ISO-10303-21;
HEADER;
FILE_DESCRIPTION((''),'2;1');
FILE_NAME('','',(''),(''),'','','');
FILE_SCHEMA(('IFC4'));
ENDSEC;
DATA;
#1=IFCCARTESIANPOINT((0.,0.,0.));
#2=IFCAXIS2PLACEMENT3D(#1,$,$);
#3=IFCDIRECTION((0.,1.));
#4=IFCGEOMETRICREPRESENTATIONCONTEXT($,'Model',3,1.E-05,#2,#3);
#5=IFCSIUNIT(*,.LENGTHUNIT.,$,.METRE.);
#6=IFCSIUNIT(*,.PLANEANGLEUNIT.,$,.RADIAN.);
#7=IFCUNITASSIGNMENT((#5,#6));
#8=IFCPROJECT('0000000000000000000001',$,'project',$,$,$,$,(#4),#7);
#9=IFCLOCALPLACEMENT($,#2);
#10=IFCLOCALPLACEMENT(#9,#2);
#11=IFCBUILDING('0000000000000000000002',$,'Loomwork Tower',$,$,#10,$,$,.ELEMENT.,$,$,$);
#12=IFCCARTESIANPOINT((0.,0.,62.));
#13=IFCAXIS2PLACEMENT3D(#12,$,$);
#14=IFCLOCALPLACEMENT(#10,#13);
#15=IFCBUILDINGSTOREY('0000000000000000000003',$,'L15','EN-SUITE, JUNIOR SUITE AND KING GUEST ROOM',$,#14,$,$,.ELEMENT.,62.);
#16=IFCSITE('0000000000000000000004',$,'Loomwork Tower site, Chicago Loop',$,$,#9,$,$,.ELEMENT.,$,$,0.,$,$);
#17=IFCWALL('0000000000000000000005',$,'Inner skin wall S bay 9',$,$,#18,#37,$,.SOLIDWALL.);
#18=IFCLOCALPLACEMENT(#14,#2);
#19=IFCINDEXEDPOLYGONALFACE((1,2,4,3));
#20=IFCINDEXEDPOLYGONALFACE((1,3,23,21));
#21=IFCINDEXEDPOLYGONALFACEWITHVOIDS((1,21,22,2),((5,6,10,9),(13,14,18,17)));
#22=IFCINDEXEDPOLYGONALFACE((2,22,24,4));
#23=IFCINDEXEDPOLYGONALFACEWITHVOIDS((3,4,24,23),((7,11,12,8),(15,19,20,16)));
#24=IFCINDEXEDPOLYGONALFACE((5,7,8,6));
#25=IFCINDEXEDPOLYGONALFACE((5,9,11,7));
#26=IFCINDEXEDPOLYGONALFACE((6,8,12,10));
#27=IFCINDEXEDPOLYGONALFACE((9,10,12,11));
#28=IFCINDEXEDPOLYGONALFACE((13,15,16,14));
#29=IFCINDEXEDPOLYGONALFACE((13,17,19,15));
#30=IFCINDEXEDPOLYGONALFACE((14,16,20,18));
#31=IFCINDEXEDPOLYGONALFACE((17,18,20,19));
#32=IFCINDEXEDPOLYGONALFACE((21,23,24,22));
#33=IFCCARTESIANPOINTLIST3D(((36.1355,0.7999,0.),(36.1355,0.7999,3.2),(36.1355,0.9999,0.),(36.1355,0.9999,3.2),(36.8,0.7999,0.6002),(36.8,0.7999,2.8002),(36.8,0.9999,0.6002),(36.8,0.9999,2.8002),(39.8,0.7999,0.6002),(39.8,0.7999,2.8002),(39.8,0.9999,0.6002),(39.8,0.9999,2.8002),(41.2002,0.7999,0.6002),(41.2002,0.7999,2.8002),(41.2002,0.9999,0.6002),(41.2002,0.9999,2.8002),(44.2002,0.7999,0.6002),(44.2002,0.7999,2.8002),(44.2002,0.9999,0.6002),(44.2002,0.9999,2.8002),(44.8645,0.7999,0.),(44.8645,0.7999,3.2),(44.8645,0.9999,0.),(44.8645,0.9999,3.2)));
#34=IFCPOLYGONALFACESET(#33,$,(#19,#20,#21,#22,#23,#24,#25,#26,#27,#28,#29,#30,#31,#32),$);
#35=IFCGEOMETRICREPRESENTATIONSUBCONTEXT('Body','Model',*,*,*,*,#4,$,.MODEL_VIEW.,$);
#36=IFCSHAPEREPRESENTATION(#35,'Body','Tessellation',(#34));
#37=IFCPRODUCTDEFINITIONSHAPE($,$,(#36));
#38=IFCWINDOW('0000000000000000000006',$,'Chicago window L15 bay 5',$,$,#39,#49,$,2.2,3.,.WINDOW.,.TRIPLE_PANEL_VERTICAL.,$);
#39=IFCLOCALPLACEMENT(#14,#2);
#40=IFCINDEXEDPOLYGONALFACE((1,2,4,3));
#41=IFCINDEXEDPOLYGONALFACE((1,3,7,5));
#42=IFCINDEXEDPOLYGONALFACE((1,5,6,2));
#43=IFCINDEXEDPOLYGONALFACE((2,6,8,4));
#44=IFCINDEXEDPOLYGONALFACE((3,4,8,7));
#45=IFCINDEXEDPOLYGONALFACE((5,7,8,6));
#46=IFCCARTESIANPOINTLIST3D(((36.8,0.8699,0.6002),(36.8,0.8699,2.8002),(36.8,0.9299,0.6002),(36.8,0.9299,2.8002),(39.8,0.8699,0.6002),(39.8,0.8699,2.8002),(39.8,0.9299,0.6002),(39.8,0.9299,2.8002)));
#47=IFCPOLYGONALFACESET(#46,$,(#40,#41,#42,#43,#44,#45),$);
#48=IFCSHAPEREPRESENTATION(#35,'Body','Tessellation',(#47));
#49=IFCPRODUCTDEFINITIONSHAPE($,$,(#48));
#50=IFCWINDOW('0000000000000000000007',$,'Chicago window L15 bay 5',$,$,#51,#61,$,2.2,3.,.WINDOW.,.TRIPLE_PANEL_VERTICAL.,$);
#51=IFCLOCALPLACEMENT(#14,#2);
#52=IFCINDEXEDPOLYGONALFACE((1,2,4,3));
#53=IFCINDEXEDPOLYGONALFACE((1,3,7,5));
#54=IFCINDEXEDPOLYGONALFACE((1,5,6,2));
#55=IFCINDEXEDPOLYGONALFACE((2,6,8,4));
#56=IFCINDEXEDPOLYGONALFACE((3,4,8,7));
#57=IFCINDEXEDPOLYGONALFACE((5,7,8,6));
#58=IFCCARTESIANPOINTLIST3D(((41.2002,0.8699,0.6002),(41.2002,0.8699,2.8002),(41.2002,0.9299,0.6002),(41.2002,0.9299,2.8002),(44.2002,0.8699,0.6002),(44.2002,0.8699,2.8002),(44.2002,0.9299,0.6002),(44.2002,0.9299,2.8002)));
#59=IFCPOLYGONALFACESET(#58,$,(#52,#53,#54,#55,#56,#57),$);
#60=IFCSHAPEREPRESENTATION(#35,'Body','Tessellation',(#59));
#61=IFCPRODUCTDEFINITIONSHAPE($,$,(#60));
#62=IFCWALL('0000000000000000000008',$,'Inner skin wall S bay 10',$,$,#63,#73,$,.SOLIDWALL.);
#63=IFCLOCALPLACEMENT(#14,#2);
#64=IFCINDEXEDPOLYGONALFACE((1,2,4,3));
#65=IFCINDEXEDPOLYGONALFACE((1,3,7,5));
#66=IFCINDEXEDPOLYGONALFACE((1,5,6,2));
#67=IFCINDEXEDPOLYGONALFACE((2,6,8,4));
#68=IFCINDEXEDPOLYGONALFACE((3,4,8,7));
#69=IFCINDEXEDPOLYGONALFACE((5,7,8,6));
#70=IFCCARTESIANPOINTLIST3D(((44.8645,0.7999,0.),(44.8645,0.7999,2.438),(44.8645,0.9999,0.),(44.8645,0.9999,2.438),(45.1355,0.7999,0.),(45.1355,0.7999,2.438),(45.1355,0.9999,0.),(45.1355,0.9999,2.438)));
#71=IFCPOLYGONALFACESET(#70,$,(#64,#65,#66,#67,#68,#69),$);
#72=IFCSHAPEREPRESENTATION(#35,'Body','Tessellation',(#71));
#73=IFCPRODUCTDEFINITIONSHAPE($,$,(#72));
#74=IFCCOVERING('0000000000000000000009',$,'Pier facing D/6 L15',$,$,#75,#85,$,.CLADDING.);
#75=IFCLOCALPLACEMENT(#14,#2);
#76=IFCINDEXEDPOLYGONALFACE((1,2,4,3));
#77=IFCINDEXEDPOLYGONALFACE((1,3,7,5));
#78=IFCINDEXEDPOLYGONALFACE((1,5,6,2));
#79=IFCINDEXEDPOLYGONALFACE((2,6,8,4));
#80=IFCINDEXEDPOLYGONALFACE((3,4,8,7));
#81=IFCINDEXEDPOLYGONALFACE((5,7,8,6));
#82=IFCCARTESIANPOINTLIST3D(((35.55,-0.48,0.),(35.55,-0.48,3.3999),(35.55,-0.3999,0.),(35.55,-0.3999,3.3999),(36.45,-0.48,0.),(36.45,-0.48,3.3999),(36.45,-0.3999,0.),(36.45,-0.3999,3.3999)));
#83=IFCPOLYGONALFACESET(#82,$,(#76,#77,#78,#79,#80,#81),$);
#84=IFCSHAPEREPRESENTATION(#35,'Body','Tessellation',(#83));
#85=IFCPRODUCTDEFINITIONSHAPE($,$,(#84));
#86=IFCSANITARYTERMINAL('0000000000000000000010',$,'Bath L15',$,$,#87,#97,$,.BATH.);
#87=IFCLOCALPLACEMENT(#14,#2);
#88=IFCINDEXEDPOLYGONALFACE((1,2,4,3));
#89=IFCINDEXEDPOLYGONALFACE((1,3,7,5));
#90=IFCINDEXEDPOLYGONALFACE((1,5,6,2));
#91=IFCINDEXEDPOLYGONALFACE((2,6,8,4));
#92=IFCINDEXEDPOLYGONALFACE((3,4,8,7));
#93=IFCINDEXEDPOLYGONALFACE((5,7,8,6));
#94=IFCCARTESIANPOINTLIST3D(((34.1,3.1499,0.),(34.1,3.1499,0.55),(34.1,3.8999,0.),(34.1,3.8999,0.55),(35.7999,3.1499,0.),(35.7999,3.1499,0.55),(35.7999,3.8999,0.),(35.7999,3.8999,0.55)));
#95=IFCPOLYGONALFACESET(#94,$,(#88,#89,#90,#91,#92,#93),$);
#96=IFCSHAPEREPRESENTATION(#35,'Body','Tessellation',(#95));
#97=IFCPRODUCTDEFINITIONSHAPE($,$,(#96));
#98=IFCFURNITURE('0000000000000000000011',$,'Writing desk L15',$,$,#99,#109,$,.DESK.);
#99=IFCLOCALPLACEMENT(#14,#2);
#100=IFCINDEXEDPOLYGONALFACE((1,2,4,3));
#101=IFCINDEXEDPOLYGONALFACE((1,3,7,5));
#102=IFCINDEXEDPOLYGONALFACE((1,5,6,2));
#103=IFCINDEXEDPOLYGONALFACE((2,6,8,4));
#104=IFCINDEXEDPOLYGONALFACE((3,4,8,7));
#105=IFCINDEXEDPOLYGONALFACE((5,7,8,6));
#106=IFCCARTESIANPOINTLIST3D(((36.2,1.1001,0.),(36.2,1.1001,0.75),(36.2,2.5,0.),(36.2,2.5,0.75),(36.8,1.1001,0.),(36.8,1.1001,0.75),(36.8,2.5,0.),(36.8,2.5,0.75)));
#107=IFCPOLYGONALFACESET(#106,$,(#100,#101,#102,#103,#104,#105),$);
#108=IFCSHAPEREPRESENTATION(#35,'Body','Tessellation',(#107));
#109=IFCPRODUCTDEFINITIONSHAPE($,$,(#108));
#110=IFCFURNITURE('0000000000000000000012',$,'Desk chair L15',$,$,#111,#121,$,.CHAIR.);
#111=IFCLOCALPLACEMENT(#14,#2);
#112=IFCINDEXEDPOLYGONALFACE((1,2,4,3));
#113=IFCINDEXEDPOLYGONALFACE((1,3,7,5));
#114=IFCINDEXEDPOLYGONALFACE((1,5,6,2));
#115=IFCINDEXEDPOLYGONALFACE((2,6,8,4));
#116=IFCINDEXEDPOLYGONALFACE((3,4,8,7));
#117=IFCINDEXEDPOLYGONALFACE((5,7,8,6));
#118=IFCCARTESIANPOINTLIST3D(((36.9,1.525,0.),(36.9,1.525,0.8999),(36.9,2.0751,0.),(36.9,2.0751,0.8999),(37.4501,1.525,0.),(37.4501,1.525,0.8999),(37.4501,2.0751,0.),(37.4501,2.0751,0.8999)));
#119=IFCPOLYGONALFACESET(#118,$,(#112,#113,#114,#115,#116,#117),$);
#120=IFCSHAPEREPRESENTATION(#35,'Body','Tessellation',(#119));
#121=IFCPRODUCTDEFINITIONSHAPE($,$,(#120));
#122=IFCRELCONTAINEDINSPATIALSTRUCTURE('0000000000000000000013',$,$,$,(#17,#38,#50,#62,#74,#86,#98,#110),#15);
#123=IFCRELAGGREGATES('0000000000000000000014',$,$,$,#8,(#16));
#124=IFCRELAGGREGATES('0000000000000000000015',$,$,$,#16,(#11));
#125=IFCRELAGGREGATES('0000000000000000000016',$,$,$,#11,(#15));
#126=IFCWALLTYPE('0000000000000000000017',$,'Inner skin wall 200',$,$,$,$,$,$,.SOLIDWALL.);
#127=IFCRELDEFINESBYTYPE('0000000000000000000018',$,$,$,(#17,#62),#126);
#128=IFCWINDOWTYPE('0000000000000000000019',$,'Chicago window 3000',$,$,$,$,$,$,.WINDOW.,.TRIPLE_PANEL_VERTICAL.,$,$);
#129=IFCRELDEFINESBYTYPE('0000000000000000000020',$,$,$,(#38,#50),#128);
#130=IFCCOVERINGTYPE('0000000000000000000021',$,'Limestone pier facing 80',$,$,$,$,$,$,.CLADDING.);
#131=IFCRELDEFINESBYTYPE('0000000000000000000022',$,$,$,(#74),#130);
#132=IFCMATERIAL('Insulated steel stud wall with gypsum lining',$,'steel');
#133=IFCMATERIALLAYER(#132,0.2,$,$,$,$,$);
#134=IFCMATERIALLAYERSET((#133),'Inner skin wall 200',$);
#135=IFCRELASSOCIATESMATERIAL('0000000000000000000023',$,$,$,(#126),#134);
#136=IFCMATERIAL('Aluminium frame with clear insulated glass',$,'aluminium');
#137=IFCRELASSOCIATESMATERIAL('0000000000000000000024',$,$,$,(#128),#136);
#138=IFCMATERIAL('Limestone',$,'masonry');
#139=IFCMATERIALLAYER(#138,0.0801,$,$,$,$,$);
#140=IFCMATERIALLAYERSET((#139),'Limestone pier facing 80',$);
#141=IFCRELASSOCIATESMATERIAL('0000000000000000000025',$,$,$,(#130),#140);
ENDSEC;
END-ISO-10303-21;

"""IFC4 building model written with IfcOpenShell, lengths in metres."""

from ifc_helpers import new_model, si_unit, direction, frame, frame_2d, origin, origin_2d, place, context, subcontext, project, spatial, rectangle, extrude, material, layer, layer_set, type_object, element, fill, save


model = new_model("IFC4")

# Units and contexts
model_context = context("Model", 3, precision=1e-05, world=origin(), true_north=direction((0.0, 1.0)))
body_context = subcontext(model_context, "Body", "Model", "MODEL_VIEW")
ifc_project = project(units=[si_unit("LENGTHUNIT", "METRE"), si_unit("PLANEANGLEUNIT", "RADIAN")], contexts=[model_context])

# Site, building, storey
site_placement = place(None, origin())
site = spatial("IfcSite", under=ifc_project, at=site_placement, Name="Loomwork Tower site, Chicago Loop", CompositionType="ELEMENT", RefElevation=0.0)
building_placement = place(site_placement, origin())
building = spatial("IfcBuilding", under=site, at=building_placement, Name="Loomwork Tower", CompositionType="ELEMENT")
storey_placement = place(building_placement, frame((0.0, 0.0, 62.0)))
storey = spatial("IfcBuildingStorey", under=building, at=storey_placement, Name="L15", Description="EN-SUITE, JUNIOR SUITE AND KING GUEST ROOM", CompositionType="ELEMENT", Elevation=62.0)

# Shared definitions
ifc_material_1 = material(Name="Insulated steel stud wall with gypsum lining", Category="steel")
ifc_layer_1 = layer(ifc_material_1, 0.2)
ifc_layer_set_1 = layer_set([ifc_layer_1], Name="Inner skin wall 200")
wall_type = type_object("IfcWallType", Name="Inner skin wall 200", PredefinedType="SOLIDWALL", material=ifc_layer_set_1)

# Wall, openings, windows
wall_1_placement = place(storey_placement, frame((36.1355, 0.8999, 0.0), z_axis=(0.0, 0.0, 1.0), x_axis=(1.0, 0.0, 0.0)))
wall_1 = element("IfcWall", 1, at=wall_1_placement, inside=storey, type_object=wall_type, Name="Inner skin wall S bay 9", PredefinedType="SOLIDWALL", context=body_context, shape_type="SweptSolid", body=[
    extrude(rectangle(XDim=8.729, YDim=0.2, at=frame_2d((4.3645, 0.0))), origin(), (0.0, 0.0, 1.0), 3.2),
])
opening_1_placement = place(wall_1_placement, frame((0.6646, 0.0, 0.6001)))
opening_1 = element("IfcOpeningElement", 2, at=opening_1_placement, cuts=wall_1, PredefinedType="OPENING", context=body_context, shape_type="SweptSolid", body=[
    extrude(rectangle(XDim=3.0, YDim=2.2, at=frame_2d((1.5, 1.1001))), frame((0.0, 0.1099, 0.0), z_axis=(0.0, -1.0, 0.0), x_axis=(1.0, 0.0, 0.0)), (0.0, 0.0, 1.0), 0.22),
])
opening_2_placement = place(wall_1_placement, frame((5.0647, 0.0, 0.6001)))
opening_2 = element("IfcOpeningElement", 3, at=opening_2_placement, cuts=wall_1, PredefinedType="OPENING", context=body_context, shape_type="SweptSolid", body=[
    extrude(rectangle(XDim=3.0, YDim=2.2, at=frame_2d((1.5, 1.1001))), frame((0.0, 0.1099, 0.0), z_axis=(0.0, -1.0, 0.0), x_axis=(1.0, 0.0, 0.0)), (0.0, 0.0, 1.0), 0.22),
])
ifc_material_2 = material(Name="Aluminium frame with clear insulated glass", Category="aluminium")
window_type = type_object("IfcWindowType", Name="Chicago window 3000", PartitioningType="TRIPLE_PANEL_VERTICAL", PredefinedType="WINDOW", material=ifc_material_2)
window_1_placement = place(opening_1_placement, origin())
window_1 = element("IfcWindow", 4, at=window_1_placement, inside=storey, type_object=window_type, Name="Chicago window L15 bay 5", OverallHeight=2.2, OverallWidth=3.0, PartitioningType="TRIPLE_PANEL_VERTICAL", PredefinedType="WINDOW", context=body_context, shape_type="SweptSolid", body=[
    extrude(rectangle(XDim=3.0, YDim=2.2, at=frame_2d((1.5, 1.1001))), frame((0.0, 0.03, 0.0), z_axis=(0.0, -1.0, 0.0), x_axis=(1.0, 0.0, 0.0)), (0.0, 0.0, 1.0), 0.0601),
])
fill(opening_1, window_1)
window_2_placement = place(opening_2_placement, origin())
window_2 = element("IfcWindow", 5, at=window_2_placement, inside=storey, type_object=window_type, Name="Chicago window L15 bay 5", OverallHeight=2.2, OverallWidth=3.0, PartitioningType="TRIPLE_PANEL_VERTICAL", PredefinedType="WINDOW", context=body_context, shape_type="SweptSolid", body=[
    extrude(rectangle(XDim=3.0, YDim=2.2, at=frame_2d((1.5, 1.1001))), frame((0.0, 0.03, 0.0), z_axis=(0.0, -1.0, 0.0), x_axis=(1.0, 0.0, 0.0)), (0.0, 0.0, 1.0), 0.0601),
])
fill(opening_2, window_2)

# Wall
wall_2_placement = place(storey_placement, frame((44.8645, 0.8999, 0.0), z_axis=(0.0, 0.0, 1.0), x_axis=(1.0, 0.0, 0.0)))
element("IfcWall", 6, at=wall_2_placement, inside=storey, type_object=wall_type, Name="Inner skin wall S bay 10", PredefinedType="SOLIDWALL", context=body_context, shape_type="SweptSolid", body=[
    extrude(rectangle(XDim=0.271, YDim=0.2, at=frame_2d((0.1355, 0.0))), origin(), (0.0, 0.0, 1.0), 2.438),
])

# Covering
ifc_material_3 = material(Name="Limestone", Category="masonry")
ifc_layer_2 = layer(ifc_material_3, 0.0801)
ifc_layer_set_2 = layer_set([ifc_layer_2], Name="Limestone pier facing 80")
covering_type = type_object("IfcCoveringType", Name="Limestone pier facing 80", PredefinedType="CLADDING", material=ifc_layer_set_2)
covering_placement = place(storey_placement, frame((36.0, -0.4399, 0.0), z_axis=(0.0, 0.0, 1.0), x_axis=(1.0, 0.0, 0.0)))
element("IfcCovering", 7, at=covering_placement, inside=storey, type_object=covering_type, Name="Pier facing D/6 L15", PredefinedType="CLADDING", context=body_context, shape_type="SweptSolid", body=[
    extrude(rectangle(XDim=0.8999, YDim=0.0801, at=origin_2d()), origin(), (0.0, 0.0, 1.0), 3.3999),
])

# Sanitary terminal
sanitary_terminal_placement = place(storey_placement, frame((34.95, 3.5249, 0.0), z_axis=(0.0, 0.0, 1.0), x_axis=(1.0, 0.0, 0.0)))
element("IfcSanitaryTerminal", 8, at=sanitary_terminal_placement, inside=storey, Name="Bath L15", PredefinedType="BATH", context=body_context, shape_type="SweptSolid", body=[
    extrude(rectangle(XDim=1.7, YDim=0.75, at=origin_2d()), origin(), (0.0, 0.0, 1.0), 0.55),
])

# Furniture
furniture_1_placement = place(storey_placement, frame((36.5, 1.8, 0.0), z_axis=(0.0, 0.0, 1.0), x_axis=(1.0, 0.0, 0.0)))
element("IfcFurniture", 9, at=furniture_1_placement, inside=storey, Name="Writing desk L15", PredefinedType="DESK", context=body_context, shape_type="SweptSolid", body=[
    extrude(rectangle(XDim=0.6001, YDim=1.3999, at=origin_2d()), origin(), (0.0, 0.0, 1.0), 0.75),
])
furniture_2_placement = place(storey_placement, frame((37.175, 1.8, 0.0), z_axis=(0.0, 0.0, 1.0), x_axis=(1.0, 0.0, 0.0)))
element("IfcFurniture", 10, at=furniture_2_placement, inside=storey, Name="Desk chair L15", PredefinedType="CHAIR", context=body_context, shape_type="SweptSolid", body=[
    extrude(rectangle(XDim=0.55, YDim=0.55, at=origin_2d()), origin(), (0.0, 0.0, 1.0), 0.8999),
])

save(model, "model.ifc")
